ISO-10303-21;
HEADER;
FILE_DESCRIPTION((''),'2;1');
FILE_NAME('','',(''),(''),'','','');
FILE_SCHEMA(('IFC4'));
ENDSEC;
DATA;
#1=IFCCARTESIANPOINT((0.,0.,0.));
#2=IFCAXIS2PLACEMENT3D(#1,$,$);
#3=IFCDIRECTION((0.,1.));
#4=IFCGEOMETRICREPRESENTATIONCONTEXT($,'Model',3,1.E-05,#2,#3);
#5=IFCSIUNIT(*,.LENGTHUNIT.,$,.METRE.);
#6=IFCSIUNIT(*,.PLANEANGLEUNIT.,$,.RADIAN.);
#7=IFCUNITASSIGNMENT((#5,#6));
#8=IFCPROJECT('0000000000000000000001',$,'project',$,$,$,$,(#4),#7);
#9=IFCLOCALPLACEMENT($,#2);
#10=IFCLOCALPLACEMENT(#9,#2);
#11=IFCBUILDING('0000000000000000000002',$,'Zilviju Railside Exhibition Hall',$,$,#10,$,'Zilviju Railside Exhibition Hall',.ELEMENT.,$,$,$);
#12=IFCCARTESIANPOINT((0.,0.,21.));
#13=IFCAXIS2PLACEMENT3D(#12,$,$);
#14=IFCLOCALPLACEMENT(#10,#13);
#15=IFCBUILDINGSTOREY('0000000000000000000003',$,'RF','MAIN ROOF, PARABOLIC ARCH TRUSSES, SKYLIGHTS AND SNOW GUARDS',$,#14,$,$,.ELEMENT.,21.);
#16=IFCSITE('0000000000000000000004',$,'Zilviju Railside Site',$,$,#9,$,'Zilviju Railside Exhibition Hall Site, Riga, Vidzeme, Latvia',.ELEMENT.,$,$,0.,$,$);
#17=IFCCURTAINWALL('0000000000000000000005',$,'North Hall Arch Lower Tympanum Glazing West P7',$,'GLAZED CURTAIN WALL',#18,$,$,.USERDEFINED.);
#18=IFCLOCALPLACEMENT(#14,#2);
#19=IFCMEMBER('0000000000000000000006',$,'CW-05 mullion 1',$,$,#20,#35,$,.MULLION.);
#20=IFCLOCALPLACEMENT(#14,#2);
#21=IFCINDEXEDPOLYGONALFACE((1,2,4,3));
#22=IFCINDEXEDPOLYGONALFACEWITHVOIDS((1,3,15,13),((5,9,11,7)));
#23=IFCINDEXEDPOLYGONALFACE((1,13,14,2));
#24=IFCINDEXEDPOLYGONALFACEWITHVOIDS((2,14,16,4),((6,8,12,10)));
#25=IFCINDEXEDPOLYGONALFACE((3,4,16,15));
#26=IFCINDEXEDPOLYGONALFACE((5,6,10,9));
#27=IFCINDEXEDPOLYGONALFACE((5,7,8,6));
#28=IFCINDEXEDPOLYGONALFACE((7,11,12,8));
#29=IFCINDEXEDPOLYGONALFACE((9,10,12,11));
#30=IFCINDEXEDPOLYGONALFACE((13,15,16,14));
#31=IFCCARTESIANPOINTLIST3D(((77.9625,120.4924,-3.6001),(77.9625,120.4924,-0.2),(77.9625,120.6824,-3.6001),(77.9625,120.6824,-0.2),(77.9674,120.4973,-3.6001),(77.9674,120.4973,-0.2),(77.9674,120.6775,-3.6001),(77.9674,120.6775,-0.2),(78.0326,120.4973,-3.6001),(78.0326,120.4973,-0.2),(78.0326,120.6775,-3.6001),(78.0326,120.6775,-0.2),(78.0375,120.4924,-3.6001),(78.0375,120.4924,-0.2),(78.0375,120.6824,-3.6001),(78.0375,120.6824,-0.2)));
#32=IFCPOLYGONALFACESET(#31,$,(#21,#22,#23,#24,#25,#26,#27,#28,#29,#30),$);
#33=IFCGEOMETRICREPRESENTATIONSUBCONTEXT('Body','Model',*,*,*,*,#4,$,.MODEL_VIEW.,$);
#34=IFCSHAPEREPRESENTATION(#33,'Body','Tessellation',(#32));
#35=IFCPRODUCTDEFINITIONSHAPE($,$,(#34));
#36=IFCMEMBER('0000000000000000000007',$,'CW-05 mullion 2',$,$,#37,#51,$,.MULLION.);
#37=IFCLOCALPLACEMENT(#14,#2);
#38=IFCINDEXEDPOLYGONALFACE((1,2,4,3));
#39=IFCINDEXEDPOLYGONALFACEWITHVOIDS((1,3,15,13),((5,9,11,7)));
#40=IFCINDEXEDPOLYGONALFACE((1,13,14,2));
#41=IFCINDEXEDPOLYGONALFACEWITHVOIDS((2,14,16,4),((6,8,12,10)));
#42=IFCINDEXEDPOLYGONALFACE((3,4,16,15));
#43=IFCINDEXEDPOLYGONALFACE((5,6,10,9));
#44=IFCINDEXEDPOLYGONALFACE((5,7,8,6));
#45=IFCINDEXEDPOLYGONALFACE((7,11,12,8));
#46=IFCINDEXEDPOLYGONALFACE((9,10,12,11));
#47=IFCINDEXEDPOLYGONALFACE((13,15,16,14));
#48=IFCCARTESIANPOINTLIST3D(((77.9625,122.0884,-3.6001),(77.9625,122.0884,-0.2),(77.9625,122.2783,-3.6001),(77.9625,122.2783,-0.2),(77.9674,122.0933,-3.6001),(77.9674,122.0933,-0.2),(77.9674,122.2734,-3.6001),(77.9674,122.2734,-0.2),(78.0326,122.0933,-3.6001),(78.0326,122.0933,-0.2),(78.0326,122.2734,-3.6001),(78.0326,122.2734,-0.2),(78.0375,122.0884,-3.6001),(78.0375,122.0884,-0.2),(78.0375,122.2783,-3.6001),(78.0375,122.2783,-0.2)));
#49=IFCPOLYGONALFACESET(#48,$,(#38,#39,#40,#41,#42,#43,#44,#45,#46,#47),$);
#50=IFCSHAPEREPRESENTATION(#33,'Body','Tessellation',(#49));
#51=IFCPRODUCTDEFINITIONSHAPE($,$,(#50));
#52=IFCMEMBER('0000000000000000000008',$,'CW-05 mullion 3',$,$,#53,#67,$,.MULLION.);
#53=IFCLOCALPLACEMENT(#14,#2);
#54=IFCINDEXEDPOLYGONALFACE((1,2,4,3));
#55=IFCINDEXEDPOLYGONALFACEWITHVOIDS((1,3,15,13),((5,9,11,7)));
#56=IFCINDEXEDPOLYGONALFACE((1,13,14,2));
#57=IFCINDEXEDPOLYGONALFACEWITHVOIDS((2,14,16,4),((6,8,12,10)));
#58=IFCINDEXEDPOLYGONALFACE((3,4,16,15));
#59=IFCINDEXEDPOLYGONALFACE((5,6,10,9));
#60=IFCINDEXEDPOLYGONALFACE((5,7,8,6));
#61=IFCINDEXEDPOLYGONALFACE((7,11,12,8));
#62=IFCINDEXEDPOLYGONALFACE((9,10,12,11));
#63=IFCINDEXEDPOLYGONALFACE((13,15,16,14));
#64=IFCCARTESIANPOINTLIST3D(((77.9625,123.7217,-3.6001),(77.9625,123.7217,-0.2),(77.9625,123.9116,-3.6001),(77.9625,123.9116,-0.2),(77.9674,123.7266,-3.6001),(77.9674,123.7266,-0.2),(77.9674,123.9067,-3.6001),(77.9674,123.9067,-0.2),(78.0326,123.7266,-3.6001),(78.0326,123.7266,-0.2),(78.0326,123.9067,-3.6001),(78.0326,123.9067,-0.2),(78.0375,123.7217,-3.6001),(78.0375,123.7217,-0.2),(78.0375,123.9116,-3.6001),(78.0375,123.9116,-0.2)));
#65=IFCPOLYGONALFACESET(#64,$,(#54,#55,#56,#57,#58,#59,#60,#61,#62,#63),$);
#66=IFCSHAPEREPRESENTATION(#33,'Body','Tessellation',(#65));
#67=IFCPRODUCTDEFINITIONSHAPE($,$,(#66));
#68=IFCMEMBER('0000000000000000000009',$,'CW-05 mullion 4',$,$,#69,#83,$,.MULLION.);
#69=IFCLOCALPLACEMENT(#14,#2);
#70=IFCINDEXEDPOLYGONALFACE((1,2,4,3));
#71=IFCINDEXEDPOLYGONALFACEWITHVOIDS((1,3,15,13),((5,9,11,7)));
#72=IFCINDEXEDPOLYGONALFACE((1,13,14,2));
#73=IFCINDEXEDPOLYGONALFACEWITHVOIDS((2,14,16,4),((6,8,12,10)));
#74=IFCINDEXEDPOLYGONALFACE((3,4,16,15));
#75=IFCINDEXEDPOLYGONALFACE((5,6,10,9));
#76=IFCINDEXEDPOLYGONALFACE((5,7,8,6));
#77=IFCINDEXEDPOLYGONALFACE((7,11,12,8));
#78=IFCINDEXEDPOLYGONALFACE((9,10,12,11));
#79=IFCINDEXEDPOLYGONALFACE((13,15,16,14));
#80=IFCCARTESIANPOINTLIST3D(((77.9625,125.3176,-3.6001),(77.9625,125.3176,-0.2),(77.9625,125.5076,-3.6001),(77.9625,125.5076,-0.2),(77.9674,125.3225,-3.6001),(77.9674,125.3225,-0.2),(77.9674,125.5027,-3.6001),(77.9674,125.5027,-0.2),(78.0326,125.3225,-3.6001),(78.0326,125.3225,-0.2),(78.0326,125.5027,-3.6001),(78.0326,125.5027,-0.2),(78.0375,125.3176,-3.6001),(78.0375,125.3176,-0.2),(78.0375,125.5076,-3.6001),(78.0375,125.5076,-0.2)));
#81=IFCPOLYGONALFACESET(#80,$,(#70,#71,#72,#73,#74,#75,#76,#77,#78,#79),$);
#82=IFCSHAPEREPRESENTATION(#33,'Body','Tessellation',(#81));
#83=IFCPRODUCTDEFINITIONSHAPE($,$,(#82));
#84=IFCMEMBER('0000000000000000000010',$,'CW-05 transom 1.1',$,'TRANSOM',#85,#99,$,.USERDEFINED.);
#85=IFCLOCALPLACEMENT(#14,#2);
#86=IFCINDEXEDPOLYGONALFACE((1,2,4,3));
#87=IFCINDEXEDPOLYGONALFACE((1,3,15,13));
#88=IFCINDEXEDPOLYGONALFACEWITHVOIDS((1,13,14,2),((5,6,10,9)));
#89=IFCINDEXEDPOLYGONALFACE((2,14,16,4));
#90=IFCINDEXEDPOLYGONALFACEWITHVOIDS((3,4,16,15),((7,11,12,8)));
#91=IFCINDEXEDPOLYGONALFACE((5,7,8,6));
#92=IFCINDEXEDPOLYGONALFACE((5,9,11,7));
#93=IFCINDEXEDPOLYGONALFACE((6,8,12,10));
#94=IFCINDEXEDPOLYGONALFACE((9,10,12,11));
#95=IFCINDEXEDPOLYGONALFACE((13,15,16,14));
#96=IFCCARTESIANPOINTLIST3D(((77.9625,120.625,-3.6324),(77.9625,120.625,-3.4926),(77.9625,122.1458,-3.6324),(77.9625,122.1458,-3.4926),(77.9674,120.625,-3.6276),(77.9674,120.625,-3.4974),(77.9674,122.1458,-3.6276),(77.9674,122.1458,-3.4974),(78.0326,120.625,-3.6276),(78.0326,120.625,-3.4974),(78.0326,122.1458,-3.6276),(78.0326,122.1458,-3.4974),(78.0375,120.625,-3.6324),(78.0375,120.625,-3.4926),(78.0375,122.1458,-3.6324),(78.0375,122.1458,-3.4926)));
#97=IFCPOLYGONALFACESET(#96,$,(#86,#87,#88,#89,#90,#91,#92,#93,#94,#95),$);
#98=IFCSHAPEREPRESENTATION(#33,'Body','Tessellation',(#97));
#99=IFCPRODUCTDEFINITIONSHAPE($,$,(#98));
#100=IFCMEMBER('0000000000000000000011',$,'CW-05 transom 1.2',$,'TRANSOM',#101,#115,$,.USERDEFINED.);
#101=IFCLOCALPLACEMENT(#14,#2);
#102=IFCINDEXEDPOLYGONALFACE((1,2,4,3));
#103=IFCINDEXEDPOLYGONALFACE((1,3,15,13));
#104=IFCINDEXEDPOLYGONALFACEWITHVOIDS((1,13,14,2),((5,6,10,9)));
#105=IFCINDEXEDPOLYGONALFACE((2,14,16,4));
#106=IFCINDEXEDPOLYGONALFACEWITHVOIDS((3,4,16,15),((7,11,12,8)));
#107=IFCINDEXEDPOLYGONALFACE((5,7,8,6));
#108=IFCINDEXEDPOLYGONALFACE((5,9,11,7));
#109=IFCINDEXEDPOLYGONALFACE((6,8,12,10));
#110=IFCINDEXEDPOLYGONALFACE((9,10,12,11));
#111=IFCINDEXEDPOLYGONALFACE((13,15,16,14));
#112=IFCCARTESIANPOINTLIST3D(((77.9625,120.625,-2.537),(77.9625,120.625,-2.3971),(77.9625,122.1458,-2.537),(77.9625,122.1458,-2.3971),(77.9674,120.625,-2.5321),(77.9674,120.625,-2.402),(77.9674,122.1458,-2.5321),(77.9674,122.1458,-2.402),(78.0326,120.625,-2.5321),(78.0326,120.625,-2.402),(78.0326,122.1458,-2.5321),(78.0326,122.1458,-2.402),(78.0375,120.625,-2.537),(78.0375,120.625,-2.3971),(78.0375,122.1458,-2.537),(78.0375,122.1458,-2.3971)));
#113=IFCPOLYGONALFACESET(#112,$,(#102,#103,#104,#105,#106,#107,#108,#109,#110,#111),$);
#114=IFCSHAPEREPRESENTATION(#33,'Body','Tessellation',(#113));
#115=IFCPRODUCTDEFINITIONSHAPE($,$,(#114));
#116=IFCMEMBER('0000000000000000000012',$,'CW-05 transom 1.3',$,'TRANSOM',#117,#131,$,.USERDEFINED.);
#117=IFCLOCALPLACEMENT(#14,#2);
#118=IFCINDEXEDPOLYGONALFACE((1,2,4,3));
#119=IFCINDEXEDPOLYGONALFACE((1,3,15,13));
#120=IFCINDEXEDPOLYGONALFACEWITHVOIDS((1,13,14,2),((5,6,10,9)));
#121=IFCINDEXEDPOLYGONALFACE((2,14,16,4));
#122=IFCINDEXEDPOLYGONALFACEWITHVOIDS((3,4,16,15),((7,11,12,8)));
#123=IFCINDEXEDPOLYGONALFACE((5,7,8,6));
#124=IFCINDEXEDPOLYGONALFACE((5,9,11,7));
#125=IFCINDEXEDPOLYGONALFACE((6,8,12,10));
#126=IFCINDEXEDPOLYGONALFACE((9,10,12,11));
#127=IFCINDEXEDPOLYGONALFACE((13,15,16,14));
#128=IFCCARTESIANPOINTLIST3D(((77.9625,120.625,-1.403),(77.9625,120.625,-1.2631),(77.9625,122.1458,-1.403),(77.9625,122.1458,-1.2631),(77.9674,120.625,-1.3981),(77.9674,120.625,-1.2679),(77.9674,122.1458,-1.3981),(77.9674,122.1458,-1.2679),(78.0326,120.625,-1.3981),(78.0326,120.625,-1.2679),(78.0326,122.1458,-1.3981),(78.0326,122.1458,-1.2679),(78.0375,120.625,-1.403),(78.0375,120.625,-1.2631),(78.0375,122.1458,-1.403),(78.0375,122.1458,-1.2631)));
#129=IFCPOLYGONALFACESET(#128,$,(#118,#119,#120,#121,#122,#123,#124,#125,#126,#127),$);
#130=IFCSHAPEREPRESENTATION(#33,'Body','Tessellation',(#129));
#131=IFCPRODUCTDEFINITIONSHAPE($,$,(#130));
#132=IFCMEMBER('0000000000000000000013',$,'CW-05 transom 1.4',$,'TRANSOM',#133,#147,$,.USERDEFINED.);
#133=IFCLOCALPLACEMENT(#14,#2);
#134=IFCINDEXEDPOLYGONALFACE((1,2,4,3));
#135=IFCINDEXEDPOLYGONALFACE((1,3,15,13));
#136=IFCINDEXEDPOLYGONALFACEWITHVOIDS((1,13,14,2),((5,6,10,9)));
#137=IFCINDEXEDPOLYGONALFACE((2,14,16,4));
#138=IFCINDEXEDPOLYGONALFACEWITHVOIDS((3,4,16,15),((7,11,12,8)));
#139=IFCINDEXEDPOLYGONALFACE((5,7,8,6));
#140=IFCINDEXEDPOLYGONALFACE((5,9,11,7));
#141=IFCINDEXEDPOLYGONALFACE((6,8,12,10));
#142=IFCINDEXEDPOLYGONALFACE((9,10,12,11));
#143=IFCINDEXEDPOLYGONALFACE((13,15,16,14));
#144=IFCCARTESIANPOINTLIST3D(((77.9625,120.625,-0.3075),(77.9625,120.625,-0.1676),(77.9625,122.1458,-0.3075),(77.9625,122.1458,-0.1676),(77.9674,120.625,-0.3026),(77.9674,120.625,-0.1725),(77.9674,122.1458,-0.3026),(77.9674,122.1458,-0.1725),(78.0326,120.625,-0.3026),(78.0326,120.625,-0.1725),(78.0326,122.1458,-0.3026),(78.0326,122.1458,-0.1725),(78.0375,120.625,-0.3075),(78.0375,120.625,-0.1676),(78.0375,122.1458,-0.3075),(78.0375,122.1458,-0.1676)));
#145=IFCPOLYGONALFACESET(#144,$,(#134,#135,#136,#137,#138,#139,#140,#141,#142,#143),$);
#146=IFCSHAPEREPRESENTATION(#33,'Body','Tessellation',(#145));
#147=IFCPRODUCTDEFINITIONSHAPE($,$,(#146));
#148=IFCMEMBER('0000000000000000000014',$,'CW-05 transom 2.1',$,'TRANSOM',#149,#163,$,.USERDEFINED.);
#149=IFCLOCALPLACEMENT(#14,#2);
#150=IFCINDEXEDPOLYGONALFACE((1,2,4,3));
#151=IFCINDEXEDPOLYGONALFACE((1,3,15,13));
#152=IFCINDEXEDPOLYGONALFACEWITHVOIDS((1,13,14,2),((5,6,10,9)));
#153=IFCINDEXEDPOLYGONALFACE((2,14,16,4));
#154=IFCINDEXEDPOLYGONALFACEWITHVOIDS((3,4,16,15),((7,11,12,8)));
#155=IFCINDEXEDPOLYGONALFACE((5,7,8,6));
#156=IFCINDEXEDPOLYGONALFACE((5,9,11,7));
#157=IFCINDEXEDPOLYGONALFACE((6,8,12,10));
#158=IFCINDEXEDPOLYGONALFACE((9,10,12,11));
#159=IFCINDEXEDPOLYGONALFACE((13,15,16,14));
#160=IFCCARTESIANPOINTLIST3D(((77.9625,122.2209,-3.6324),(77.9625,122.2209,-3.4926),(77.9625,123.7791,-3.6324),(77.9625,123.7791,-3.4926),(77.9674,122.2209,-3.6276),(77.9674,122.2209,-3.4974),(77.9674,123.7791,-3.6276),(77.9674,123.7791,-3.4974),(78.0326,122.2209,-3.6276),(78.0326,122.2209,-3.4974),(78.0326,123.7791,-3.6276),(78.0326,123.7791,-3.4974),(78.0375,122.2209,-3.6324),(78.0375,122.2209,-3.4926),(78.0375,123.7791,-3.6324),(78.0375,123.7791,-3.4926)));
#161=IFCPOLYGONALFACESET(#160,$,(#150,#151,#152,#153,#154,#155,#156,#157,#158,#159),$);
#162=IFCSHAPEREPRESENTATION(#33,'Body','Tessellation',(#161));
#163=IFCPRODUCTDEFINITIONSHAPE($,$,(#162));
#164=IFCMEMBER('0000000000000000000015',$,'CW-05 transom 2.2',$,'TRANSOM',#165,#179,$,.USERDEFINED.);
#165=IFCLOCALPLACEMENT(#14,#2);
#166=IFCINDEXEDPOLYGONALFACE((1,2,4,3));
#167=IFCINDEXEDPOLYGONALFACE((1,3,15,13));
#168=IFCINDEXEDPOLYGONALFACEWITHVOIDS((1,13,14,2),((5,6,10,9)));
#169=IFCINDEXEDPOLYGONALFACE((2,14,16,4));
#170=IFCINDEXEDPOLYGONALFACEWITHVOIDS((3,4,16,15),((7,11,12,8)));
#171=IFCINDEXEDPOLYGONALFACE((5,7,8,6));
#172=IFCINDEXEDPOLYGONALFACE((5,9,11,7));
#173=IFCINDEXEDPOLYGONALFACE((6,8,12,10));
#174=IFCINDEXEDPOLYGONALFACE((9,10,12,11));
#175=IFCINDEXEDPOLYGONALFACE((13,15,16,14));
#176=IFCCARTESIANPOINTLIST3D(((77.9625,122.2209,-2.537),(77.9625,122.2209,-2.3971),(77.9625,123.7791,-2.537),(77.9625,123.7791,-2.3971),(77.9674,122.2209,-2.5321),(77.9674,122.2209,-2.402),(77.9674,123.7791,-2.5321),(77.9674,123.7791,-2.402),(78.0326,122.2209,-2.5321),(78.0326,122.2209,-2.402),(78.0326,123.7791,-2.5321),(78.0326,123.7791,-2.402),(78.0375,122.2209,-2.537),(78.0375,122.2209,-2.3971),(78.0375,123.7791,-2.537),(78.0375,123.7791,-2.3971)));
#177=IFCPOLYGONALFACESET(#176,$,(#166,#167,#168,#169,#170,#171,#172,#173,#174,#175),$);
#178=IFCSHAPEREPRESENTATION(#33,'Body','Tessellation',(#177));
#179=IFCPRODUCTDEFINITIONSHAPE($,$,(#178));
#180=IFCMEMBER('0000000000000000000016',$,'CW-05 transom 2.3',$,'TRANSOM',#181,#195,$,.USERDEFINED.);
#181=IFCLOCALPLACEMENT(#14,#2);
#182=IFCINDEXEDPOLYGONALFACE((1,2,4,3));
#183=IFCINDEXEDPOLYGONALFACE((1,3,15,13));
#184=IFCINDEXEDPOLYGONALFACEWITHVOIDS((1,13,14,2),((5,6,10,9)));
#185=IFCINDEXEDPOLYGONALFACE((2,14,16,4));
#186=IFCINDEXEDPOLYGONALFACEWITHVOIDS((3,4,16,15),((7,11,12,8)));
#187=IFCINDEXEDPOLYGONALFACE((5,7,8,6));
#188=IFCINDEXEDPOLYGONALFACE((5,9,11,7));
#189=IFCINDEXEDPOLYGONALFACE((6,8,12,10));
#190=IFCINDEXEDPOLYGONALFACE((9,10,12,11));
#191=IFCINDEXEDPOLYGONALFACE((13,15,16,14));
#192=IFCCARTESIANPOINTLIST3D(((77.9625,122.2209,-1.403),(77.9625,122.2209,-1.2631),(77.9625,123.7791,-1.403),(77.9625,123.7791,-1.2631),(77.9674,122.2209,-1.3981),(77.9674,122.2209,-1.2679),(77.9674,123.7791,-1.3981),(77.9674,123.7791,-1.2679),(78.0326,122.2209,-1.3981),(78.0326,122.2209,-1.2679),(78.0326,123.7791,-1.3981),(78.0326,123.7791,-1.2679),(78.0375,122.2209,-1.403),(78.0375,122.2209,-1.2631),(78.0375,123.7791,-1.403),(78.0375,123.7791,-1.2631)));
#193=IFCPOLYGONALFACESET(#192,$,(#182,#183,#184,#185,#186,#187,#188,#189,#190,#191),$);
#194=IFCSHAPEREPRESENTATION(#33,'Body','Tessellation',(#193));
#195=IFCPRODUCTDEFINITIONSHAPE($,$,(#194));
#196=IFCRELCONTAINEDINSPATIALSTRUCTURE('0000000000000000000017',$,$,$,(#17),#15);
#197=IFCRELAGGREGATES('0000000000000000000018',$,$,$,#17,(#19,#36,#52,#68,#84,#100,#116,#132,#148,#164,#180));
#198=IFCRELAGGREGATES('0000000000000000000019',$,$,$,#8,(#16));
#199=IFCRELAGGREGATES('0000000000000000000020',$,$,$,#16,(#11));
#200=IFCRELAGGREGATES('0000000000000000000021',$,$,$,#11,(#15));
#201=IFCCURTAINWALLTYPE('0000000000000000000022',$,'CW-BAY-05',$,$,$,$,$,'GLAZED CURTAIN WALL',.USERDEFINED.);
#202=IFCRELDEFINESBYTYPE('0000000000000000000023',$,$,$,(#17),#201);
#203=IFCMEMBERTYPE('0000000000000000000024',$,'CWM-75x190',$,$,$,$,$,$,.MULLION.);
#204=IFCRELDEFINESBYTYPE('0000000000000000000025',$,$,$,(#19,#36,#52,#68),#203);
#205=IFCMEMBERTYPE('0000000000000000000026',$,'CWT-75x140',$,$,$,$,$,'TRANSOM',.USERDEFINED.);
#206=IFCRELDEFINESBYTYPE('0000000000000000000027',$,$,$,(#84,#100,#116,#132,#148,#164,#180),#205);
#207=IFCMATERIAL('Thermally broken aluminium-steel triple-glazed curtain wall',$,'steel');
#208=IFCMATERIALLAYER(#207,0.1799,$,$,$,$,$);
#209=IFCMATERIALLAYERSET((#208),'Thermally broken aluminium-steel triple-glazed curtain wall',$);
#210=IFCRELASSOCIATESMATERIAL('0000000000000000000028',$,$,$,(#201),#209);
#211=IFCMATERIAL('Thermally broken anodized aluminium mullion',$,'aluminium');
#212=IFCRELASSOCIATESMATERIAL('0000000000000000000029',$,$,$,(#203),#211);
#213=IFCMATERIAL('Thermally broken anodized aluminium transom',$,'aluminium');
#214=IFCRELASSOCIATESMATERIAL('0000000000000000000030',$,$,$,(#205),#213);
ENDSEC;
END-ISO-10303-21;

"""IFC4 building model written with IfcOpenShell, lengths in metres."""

from ifc_helpers import new_model, si_unit, direction, frame, origin, origin_2d, place, context, subcontext, project, spatial, hollow_rectangle, extrude, material, layer, layer_set, material_profile, profile_set, type_object, element, aggregate, save


model = new_model("IFC4")

# Units and contexts
model_context = context("Model", 3, precision=1e-05, world=origin(), true_north=direction((0.0, 1.0)))
body_context = subcontext(model_context, "Body", "Model", "MODEL_VIEW")
ifc_project = project(units=[si_unit("LENGTHUNIT", "METRE"), si_unit("PLANEANGLEUNIT", "RADIAN")], contexts=[model_context])

# Site, building, storey
site_placement = place(None, origin())
site = spatial("IfcSite", under=ifc_project, at=site_placement, Name="Zilviju Railside Site", LongName="Zilviju Railside Exhibition Hall Site, Riga, Vidzeme, Latvia", CompositionType="ELEMENT", RefElevation=0.0)
building_placement = place(site_placement, origin())
building = spatial("IfcBuilding", under=site, at=building_placement, Name="Zilviju Railside Exhibition Hall", LongName="Zilviju Railside Exhibition Hall", CompositionType="ELEMENT")
storey_placement = place(building_placement, frame((0.0, 0.0, 21.0)))
storey = spatial("IfcBuildingStorey", under=building, at=storey_placement, Name="RF", Description="MAIN ROOF, PARABOLIC ARCH TRUSSES, SKYLIGHTS AND SNOW GUARDS", CompositionType="ELEMENT", Elevation=21.0)

# Curtain wall, members
ifc_material_1 = material(Name="Thermally broken aluminium-steel triple-glazed curtain wall", Category="steel")
ifc_layer_1 = layer(ifc_material_1, 0.1799)
ifc_layer_set_1 = layer_set([ifc_layer_1], Name="Thermally broken aluminium-steel triple-glazed curtain wall")
curtain_wall_type = type_object("IfcCurtainWallType", Name="CW-BAY-05", ElementType="GLAZED CURTAIN WALL", PredefinedType="USERDEFINED", material=ifc_layer_set_1)
curtain_wall_placement = place(storey_placement, origin())
curtain_wall = element("IfcCurtainWall", 1, at=curtain_wall_placement, inside=storey, type_object=curtain_wall_type, Name="North Hall Arch Lower Tympanum Glazing West P7", ObjectType="GLAZED CURTAIN WALL", PredefinedType="USERDEFINED")
ifc_material_2 = material(Name="Thermally broken anodized aluminium mullion", Category="aluminium")
ifc_material_profile_1 = material_profile(ifc_material_2, hollow_rectangle(XDim=0.075, YDim=0.1899, WallThickness=0.0049, at=origin_2d()), Name="MULLION 190x75x5")
ifc_profile_set_1 = profile_set([ifc_material_profile_1], Name="Thermally broken anodized aluminium mullion")
member_type_1 = type_object("IfcMemberType", Name="CWM-75x190", PredefinedType="MULLION", material=ifc_profile_set_1)
member_1_placement = place(storey_placement, frame((78.0, 120.5874, -3.6001), z_axis=(0.0, 0.0, 1.0), x_axis=(-1.0, 0.0, 0.0)))
member_1 = element("IfcMember", 2, at=member_1_placement, type_object=member_type_1, Name="CW-05 mullion 1", PredefinedType="MULLION", context=body_context, shape_type="SweptSolid", body=[
    extrude(hollow_rectangle(XDim=0.075, YDim=0.1899, WallThickness=0.0049, at=origin_2d()), origin(), (0.0, 0.0, 1.0), 3.4001),
])
member_2_placement = place(storey_placement, frame((78.0, 122.1833, -3.6001), z_axis=(0.0, 0.0, 1.0), x_axis=(-1.0, 0.0, 0.0)))
member_2 = element("IfcMember", 3, at=member_2_placement, type_object=member_type_1, Name="CW-05 mullion 2", PredefinedType="MULLION", context=body_context, shape_type="SweptSolid", body=[
    extrude(hollow_rectangle(XDim=0.075, YDim=0.1899, WallThickness=0.0049, at=origin_2d()), origin(), (0.0, 0.0, 1.0), 3.4001),
])
member_3_placement = place(storey_placement, frame((78.0, 123.8167, -3.6001), z_axis=(0.0, 0.0, 1.0), x_axis=(-1.0, 0.0, 0.0)))
member_3 = element("IfcMember", 4, at=member_3_placement, type_object=member_type_1, Name="CW-05 mullion 3", PredefinedType="MULLION", context=body_context, shape_type="SweptSolid", body=[
    extrude(hollow_rectangle(XDim=0.075, YDim=0.1899, WallThickness=0.0049, at=origin_2d()), origin(), (0.0, 0.0, 1.0), 3.4001),
])
member_4_placement = place(storey_placement, frame((78.0, 125.4126, -3.6001), z_axis=(0.0, 0.0, 1.0), x_axis=(-1.0, 0.0, 0.0)))
member_4 = element("IfcMember", 5, at=member_4_placement, type_object=member_type_1, Name="CW-05 mullion 4", PredefinedType="MULLION", context=body_context, shape_type="SweptSolid", body=[
    extrude(hollow_rectangle(XDim=0.075, YDim=0.1899, WallThickness=0.0049, at=origin_2d()), origin(), (0.0, 0.0, 1.0), 3.4001),
])
ifc_material_3 = material(Name="Thermally broken anodized aluminium transom", Category="aluminium")
ifc_material_profile_2 = material_profile(ifc_material_3, hollow_rectangle(XDim=0.075, YDim=0.1399, WallThickness=0.0049, at=origin_2d()), Name="TRANSOM 140x75x5")
ifc_profile_set_2 = profile_set([ifc_material_profile_2], Name="Thermally broken anodized aluminium transom")
member_type_2 = type_object("IfcMemberType", Name="CWT-75x140", ElementType="TRANSOM", PredefinedType="USERDEFINED", material=ifc_profile_set_2)
member_5_placement = place(storey_placement, frame((78.0, 120.625, -3.5625), z_axis=(0.0, 1.0, 0.0), x_axis=(-1.0, 0.0, 0.0)))
member_5 = element("IfcMember", 6, at=member_5_placement, type_object=member_type_2, Name="CW-05 transom 1.1", ObjectType="TRANSOM", PredefinedType="USERDEFINED", context=body_context, shape_type="SweptSolid", body=[
    extrude(hollow_rectangle(XDim=0.075, YDim=0.1399, WallThickness=0.0049, at=origin_2d()), origin(), (0.0, 0.0, 1.0), 1.5208),
])
member_6_placement = place(storey_placement, frame((78.0, 120.625, -2.467), z_axis=(0.0, 1.0, 0.0), x_axis=(-1.0, 0.0, 0.0)))
member_6 = element("IfcMember", 7, at=member_6_placement, type_object=member_type_2, Name="CW-05 transom 1.2", ObjectType="TRANSOM", PredefinedType="USERDEFINED", context=body_context, shape_type="SweptSolid", body=[
    extrude(hollow_rectangle(XDim=0.075, YDim=0.1399, WallThickness=0.0049, at=origin_2d()), origin(), (0.0, 0.0, 1.0), 1.5208),
])
member_7_placement = place(storey_placement, frame((78.0, 120.625, -1.333), z_axis=(0.0, 1.0, 0.0), x_axis=(-1.0, 0.0, 0.0)))
member_7 = element("IfcMember", 8, at=member_7_placement, type_object=member_type_2, Name="CW-05 transom 1.3", ObjectType="TRANSOM", PredefinedType="USERDEFINED", context=body_context, shape_type="SweptSolid", body=[
    extrude(hollow_rectangle(XDim=0.075, YDim=0.1399, WallThickness=0.0049, at=origin_2d()), origin(), (0.0, 0.0, 1.0), 1.5208),
])
member_8_placement = place(storey_placement, frame((78.0, 120.625, -0.2375), z_axis=(0.0, 1.0, 0.0), x_axis=(-1.0, 0.0, 0.0)))
member_8 = element("IfcMember", 9, at=member_8_placement, type_object=member_type_2, Name="CW-05 transom 1.4", ObjectType="TRANSOM", PredefinedType="USERDEFINED", context=body_context, shape_type="SweptSolid", body=[
    extrude(hollow_rectangle(XDim=0.075, YDim=0.1399, WallThickness=0.0049, at=origin_2d()), origin(), (0.0, 0.0, 1.0), 1.5208),
])
member_9_placement = place(storey_placement, frame((78.0, 122.2209, -3.5625), z_axis=(0.0, 1.0, 0.0), x_axis=(-1.0, 0.0, 0.0)))
member_9 = element("IfcMember", 10, at=member_9_placement, type_object=member_type_2, Name="CW-05 transom 2.1", ObjectType="TRANSOM", PredefinedType="USERDEFINED", context=body_context, shape_type="SweptSolid", body=[
    extrude(hollow_rectangle(XDim=0.075, YDim=0.1399, WallThickness=0.0049, at=origin_2d()), origin(), (0.0, 0.0, 1.0), 1.5581),
])
member_10_placement = place(storey_placement, frame((78.0, 122.2209, -2.467), z_axis=(0.0, 1.0, 0.0), x_axis=(-1.0, 0.0, 0.0)))
member_10 = element("IfcMember", 11, at=member_10_placement, type_object=member_type_2, Name="CW-05 transom 2.2", ObjectType="TRANSOM", PredefinedType="USERDEFINED", context=body_context, shape_type="SweptSolid", body=[
    extrude(hollow_rectangle(XDim=0.075, YDim=0.1399, WallThickness=0.0049, at=origin_2d()), origin(), (0.0, 0.0, 1.0), 1.5581),
])
member_11_placement = place(storey_placement, frame((78.0, 122.2209, -1.333), z_axis=(0.0, 1.0, 0.0), x_axis=(-1.0, 0.0, 0.0)))
member_11 = element("IfcMember", 12, at=member_11_placement, type_object=member_type_2, Name="CW-05 transom 2.3", ObjectType="TRANSOM", PredefinedType="USERDEFINED", context=body_context, shape_type="SweptSolid", body=[
    extrude(hollow_rectangle(XDim=0.075, YDim=0.1399, WallThickness=0.0049, at=origin_2d()), origin(), (0.0, 0.0, 1.0), 1.5581),
])
aggregate(curtain_wall, [member_1, member_2, member_3, member_4, member_5, member_6, member_7, member_8, member_9, member_10, member_11])

save(model, "model.ifc")
